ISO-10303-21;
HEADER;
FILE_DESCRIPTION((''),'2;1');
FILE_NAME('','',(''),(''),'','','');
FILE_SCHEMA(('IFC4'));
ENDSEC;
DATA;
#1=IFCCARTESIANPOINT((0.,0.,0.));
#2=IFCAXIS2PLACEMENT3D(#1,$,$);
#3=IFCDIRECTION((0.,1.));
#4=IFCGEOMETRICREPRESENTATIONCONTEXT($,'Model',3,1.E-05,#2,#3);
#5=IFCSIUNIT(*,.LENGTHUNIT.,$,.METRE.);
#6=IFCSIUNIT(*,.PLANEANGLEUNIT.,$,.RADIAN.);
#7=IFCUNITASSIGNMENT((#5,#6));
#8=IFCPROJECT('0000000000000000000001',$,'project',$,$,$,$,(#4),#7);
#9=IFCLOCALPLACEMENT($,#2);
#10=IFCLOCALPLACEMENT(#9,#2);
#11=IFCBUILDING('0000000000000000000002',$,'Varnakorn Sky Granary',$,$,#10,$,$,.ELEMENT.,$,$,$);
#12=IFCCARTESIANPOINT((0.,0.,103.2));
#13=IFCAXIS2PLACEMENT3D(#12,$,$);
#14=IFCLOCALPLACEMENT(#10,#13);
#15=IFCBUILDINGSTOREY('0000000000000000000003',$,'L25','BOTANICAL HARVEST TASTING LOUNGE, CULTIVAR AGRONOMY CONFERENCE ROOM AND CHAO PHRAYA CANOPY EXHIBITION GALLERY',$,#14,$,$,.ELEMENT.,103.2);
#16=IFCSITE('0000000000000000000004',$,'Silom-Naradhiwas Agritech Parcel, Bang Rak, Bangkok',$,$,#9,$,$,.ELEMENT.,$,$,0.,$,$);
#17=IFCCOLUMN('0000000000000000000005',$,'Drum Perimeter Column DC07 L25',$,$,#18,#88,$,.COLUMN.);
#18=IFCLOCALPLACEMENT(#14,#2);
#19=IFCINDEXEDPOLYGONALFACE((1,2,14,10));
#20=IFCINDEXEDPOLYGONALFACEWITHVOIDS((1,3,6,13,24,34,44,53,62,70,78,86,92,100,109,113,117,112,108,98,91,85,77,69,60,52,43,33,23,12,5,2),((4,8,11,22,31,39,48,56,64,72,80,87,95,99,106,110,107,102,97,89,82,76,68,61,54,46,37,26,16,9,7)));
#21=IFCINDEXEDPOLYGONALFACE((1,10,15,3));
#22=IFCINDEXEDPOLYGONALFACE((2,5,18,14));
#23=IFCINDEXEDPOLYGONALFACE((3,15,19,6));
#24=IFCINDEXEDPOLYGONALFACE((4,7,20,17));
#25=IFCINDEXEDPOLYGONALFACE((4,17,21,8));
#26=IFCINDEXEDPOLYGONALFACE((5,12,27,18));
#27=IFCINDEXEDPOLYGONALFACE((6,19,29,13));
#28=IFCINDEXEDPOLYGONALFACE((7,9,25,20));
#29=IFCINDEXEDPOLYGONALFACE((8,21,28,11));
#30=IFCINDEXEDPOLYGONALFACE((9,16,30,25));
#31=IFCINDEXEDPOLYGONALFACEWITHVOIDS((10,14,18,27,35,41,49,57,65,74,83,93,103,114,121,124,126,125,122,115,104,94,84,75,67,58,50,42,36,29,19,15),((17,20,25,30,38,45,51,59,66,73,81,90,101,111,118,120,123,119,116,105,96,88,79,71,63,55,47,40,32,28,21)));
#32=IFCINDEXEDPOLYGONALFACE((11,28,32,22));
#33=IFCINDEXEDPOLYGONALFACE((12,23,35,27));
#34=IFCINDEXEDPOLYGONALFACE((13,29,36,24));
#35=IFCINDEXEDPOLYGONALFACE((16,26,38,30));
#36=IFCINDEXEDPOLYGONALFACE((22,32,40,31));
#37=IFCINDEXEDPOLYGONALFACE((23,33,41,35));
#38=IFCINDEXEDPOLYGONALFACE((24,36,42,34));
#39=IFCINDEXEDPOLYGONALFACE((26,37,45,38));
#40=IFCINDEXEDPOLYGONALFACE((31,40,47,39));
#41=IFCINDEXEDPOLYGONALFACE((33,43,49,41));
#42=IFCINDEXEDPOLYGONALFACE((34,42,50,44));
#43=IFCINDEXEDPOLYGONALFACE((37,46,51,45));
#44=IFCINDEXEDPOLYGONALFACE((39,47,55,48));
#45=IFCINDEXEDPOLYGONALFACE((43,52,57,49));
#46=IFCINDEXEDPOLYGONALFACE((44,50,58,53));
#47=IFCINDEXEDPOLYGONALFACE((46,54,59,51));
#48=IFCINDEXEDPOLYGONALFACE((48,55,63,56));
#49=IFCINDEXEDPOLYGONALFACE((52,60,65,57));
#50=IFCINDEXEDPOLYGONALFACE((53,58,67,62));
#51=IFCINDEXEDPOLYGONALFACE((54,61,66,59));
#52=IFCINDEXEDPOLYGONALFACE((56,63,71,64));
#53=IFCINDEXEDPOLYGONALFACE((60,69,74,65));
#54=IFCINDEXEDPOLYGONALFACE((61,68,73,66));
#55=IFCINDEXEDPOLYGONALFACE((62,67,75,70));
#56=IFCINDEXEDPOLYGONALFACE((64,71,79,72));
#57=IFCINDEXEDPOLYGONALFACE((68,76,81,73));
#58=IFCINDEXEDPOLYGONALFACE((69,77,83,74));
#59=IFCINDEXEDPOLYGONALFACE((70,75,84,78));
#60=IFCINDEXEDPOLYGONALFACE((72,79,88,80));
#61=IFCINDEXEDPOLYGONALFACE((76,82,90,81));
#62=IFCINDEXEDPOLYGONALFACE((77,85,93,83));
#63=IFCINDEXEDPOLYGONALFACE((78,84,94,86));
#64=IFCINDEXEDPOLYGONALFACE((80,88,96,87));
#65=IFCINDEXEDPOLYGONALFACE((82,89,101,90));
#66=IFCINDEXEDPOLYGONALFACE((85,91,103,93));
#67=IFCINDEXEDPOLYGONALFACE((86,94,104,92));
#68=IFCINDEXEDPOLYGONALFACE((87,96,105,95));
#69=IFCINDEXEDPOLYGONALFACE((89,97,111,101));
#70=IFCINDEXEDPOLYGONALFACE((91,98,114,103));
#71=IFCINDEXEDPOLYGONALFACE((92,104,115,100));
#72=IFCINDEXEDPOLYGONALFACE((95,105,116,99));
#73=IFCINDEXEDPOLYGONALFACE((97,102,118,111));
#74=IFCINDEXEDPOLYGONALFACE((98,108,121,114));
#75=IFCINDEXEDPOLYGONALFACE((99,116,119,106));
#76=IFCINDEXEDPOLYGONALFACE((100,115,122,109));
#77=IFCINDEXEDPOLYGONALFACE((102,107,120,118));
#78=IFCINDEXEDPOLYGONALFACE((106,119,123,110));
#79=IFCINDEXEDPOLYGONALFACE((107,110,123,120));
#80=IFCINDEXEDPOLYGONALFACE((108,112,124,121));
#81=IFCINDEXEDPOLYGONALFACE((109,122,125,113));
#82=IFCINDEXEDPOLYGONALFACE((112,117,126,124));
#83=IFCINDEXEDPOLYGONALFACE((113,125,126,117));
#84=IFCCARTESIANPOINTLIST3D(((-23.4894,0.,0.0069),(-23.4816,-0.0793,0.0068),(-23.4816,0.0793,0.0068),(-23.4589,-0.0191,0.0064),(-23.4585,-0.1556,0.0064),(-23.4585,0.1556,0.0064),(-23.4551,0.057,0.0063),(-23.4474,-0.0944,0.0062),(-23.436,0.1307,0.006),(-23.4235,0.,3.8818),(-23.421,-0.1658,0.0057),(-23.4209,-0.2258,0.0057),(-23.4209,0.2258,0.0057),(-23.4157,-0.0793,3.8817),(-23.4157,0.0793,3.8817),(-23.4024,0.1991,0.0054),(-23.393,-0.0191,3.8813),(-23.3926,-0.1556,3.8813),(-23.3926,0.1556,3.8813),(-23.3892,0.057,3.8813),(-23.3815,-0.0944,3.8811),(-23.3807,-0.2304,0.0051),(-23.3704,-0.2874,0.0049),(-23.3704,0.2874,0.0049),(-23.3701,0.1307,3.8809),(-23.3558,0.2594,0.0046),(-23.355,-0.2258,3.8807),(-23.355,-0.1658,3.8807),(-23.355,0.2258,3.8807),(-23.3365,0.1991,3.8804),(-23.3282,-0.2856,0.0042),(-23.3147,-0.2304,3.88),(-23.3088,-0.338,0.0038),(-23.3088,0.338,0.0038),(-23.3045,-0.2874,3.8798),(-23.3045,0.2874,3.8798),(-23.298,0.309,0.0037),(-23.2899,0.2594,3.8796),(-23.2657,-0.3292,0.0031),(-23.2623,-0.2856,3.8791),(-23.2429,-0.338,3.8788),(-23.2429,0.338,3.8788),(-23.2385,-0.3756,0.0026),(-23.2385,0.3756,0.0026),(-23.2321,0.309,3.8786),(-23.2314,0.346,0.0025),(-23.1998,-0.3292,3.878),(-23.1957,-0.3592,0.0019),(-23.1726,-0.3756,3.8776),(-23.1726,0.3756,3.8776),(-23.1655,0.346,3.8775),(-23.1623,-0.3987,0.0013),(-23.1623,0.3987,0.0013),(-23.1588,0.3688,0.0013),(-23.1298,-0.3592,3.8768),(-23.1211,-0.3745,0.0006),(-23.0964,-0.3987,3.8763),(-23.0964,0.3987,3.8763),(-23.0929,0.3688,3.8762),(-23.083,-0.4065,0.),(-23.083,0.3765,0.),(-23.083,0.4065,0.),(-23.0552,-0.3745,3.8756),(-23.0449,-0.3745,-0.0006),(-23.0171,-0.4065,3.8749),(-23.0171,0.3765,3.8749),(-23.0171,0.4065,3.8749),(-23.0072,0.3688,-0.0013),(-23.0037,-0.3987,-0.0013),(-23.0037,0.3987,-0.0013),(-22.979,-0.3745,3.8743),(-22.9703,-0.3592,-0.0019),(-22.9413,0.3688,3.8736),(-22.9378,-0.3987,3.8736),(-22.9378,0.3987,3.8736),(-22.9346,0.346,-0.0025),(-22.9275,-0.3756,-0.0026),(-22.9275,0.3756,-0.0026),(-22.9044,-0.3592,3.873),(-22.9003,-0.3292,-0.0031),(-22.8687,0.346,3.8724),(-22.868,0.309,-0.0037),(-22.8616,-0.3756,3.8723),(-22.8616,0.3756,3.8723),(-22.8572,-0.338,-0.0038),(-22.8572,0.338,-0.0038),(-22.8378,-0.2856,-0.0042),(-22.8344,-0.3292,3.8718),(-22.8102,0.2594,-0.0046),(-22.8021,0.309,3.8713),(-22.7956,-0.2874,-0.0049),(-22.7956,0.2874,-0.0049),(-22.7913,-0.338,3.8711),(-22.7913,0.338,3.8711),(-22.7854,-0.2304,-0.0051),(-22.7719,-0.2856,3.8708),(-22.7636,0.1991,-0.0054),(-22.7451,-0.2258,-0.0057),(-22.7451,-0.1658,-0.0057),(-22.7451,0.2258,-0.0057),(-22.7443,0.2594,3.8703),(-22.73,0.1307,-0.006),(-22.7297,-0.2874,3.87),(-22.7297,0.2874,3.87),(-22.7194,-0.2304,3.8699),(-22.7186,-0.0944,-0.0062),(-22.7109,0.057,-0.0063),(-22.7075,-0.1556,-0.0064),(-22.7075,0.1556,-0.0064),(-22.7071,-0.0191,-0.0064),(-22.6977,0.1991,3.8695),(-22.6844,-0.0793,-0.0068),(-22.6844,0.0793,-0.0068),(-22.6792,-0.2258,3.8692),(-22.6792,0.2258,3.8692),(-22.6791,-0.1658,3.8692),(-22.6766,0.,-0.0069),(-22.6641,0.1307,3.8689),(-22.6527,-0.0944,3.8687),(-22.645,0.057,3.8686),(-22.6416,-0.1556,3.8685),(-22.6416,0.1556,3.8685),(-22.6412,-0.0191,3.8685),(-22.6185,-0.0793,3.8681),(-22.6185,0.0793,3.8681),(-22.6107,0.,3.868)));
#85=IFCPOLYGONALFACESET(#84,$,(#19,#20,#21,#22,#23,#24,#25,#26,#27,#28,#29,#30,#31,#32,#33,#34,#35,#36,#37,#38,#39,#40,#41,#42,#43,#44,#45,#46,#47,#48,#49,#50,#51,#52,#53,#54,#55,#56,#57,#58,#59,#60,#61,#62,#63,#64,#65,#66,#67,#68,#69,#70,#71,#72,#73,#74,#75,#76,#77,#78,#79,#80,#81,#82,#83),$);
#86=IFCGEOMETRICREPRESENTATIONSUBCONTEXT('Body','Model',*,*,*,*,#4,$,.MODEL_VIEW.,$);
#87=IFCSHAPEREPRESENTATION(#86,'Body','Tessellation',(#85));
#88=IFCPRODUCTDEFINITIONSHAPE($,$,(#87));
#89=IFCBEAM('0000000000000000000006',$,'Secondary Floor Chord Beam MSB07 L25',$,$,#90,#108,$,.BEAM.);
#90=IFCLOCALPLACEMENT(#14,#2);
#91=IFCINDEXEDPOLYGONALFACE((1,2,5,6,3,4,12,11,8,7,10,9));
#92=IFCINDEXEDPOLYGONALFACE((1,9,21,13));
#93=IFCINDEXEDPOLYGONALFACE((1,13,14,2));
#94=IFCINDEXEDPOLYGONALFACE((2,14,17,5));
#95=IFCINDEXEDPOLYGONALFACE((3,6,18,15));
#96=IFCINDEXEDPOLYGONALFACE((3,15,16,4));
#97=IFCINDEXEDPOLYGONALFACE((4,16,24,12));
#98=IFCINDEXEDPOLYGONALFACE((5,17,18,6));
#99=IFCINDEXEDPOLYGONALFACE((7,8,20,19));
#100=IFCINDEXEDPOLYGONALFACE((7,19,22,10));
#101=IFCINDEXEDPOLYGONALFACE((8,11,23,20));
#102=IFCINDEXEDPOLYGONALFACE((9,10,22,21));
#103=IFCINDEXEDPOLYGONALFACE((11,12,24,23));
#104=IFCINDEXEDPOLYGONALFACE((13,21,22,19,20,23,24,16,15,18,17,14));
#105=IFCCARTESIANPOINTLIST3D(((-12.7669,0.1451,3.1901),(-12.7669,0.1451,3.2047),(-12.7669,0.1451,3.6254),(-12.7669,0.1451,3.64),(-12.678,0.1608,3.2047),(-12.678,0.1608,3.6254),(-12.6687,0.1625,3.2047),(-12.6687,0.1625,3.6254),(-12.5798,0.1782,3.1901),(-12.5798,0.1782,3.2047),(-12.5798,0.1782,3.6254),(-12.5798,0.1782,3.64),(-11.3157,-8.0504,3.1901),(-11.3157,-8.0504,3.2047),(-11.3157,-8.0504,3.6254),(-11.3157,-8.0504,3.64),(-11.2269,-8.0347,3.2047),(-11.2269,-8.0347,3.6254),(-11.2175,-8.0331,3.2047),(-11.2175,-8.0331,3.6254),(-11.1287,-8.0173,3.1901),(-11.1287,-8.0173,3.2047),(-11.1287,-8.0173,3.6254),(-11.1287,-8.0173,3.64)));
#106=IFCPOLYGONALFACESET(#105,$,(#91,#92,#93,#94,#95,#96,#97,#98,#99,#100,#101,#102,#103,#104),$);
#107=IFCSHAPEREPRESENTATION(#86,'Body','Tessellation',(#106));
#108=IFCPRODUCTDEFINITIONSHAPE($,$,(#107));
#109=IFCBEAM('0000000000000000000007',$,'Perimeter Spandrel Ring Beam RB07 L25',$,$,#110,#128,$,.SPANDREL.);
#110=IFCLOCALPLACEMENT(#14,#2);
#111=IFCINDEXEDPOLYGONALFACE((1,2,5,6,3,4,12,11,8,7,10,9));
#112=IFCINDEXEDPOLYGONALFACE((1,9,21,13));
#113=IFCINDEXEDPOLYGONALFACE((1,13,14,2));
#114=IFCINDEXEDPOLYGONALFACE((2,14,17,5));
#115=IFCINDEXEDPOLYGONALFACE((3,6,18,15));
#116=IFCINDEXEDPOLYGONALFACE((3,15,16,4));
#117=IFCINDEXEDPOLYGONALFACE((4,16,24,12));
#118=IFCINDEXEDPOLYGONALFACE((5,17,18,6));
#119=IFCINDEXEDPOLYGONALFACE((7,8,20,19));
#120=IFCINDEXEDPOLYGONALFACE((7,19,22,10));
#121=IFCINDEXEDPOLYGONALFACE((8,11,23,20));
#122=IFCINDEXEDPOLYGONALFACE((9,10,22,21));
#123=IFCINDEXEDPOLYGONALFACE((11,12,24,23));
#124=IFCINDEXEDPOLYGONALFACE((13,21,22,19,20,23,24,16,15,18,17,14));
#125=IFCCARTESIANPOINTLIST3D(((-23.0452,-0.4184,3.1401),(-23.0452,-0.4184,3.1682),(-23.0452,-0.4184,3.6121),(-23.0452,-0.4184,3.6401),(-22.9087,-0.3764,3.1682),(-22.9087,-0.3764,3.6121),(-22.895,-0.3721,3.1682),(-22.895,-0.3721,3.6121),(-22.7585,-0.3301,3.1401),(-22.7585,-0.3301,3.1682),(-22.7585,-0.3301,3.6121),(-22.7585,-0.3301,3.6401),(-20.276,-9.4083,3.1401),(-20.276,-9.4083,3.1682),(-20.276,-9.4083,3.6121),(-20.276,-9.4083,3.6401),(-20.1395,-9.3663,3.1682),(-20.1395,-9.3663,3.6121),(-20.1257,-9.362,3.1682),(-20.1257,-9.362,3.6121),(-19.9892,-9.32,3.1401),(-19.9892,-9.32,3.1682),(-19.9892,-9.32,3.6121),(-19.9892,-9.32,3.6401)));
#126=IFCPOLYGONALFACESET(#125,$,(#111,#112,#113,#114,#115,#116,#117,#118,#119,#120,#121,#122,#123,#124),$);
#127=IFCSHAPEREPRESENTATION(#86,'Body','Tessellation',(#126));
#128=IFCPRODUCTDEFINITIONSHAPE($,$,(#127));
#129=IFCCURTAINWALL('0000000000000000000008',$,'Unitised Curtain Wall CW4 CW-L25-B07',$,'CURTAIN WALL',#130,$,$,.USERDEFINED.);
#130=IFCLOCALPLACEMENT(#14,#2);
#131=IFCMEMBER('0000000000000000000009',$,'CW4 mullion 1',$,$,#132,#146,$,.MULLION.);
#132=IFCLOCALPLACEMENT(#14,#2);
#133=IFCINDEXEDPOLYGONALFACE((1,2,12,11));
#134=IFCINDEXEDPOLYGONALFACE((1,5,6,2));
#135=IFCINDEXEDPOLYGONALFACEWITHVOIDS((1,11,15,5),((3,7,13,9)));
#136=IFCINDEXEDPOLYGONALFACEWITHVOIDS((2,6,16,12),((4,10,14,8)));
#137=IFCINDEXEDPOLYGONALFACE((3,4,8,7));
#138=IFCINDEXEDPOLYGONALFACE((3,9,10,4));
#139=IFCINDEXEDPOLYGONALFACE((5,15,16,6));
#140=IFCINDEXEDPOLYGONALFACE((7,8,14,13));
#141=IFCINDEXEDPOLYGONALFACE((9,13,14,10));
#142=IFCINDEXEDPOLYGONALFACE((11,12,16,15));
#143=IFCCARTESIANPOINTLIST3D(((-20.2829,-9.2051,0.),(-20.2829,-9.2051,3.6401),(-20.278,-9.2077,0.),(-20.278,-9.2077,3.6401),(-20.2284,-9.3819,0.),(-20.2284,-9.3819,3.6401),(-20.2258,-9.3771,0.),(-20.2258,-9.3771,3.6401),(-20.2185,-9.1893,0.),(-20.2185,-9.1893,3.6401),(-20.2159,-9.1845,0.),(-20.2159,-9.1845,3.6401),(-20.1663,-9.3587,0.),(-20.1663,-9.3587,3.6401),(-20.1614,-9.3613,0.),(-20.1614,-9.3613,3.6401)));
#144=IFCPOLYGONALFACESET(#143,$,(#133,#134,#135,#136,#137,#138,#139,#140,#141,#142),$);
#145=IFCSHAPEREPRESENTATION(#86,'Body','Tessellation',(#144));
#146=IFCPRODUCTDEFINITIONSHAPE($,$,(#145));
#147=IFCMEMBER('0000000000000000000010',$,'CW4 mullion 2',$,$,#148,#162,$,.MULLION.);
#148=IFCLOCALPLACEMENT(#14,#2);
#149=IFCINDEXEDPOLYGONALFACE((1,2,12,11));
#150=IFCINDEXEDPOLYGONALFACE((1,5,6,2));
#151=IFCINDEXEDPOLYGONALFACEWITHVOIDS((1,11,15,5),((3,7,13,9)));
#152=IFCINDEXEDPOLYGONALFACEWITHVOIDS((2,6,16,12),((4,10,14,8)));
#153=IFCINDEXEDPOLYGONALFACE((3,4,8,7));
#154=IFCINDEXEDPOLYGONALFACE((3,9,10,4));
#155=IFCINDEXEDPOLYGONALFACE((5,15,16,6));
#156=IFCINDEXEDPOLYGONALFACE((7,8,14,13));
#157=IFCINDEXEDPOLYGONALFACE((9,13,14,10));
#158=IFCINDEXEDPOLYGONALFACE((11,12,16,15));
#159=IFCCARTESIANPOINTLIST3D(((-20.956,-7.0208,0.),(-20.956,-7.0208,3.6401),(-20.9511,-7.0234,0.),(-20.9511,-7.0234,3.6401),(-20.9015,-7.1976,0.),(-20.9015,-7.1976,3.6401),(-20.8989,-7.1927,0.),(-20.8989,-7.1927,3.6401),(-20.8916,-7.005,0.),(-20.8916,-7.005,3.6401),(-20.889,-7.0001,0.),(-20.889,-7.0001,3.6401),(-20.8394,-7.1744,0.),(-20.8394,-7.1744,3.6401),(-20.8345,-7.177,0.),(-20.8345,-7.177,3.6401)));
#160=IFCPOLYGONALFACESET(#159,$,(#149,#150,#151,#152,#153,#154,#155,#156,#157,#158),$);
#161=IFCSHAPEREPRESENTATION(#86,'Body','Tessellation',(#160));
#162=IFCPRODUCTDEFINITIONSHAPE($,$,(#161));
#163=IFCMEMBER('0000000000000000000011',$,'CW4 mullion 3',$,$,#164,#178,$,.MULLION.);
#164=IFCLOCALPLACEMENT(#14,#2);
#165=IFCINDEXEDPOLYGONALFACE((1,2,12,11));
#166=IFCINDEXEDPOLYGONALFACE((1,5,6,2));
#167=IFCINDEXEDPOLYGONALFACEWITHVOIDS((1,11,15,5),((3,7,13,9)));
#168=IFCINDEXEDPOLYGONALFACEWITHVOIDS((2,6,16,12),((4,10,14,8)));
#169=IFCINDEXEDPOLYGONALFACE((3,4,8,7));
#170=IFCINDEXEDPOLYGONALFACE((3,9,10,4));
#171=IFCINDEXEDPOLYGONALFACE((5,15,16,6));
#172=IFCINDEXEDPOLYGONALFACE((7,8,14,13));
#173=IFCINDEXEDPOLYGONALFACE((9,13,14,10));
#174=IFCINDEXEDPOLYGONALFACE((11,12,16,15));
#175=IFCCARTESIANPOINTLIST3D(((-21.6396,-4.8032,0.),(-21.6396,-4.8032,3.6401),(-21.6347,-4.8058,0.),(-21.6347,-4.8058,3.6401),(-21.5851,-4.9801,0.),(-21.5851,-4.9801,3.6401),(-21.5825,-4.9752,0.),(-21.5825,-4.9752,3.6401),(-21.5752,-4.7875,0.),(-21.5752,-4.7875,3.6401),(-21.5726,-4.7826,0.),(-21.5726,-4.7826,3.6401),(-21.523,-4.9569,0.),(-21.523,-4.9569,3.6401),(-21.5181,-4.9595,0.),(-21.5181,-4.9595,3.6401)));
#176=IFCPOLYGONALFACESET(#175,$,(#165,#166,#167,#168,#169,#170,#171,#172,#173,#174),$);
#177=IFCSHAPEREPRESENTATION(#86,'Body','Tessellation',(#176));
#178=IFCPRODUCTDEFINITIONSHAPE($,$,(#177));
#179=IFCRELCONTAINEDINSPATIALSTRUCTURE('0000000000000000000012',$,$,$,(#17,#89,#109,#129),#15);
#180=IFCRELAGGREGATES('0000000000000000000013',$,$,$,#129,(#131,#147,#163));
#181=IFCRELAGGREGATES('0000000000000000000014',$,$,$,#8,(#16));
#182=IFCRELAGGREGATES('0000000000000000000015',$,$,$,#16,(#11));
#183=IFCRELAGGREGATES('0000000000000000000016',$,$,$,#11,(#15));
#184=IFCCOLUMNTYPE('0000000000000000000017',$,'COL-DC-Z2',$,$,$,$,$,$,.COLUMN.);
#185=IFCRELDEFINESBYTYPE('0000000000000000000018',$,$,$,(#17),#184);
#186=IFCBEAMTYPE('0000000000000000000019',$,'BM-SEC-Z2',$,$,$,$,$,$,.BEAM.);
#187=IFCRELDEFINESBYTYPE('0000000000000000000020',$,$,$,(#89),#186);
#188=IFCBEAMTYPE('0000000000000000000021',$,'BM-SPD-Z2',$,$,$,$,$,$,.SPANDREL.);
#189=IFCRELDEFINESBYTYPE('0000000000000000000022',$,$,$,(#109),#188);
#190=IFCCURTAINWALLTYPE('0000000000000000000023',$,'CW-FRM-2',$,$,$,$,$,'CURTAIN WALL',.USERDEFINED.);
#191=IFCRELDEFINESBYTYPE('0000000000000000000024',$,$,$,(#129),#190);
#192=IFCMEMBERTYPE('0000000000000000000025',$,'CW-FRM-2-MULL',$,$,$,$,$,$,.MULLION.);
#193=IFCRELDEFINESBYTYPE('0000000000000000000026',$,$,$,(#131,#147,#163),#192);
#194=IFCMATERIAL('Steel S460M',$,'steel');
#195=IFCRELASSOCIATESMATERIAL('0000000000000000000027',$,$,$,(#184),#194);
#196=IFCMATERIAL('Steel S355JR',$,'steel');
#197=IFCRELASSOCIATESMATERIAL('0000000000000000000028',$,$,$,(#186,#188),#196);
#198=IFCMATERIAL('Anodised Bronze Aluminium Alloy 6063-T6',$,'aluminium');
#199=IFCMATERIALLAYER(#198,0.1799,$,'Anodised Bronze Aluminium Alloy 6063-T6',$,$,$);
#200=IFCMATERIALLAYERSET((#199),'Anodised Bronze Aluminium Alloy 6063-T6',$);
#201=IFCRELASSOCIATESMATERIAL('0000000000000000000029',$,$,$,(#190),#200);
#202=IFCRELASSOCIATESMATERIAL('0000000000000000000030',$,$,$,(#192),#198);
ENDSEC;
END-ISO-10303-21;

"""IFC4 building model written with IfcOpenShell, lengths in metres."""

from ifc_helpers import new_model, si_unit, direction, frame, origin, origin_2d, place, context, subcontext, project, spatial, hollow_rectangle, hollow_circle, i_section, extrude, material, layer, layer_set, material_profile, profile_set, type_object, element, aggregate, save


model = new_model("IFC4")

# Units and contexts
model_context = context("Model", 3, precision=1e-05, world=origin(), true_north=direction((0.0, 1.0)))
body_context = subcontext(model_context, "Body", "Model", "MODEL_VIEW")
ifc_project = project(units=[si_unit("LENGTHUNIT", "METRE"), si_unit("PLANEANGLEUNIT", "RADIAN")], contexts=[model_context])

# Site, building, storey
site_placement = place(None, origin())
site = spatial("IfcSite", under=ifc_project, at=site_placement, Name="Silom-Naradhiwas Agritech Parcel, Bang Rak, Bangkok", CompositionType="ELEMENT", RefElevation=0.0)
building_placement = place(site_placement, origin())
building = spatial("IfcBuilding", under=site, at=building_placement, Name="Varnakorn Sky Granary", CompositionType="ELEMENT")
storey_placement = place(building_placement, frame((0.0, 0.0, 103.2)))
storey = spatial("IfcBuildingStorey", under=building, at=storey_placement, Name="L25", Description="BOTANICAL HARVEST TASTING LOUNGE, CULTIVAR AGRONOMY CONFERENCE ROOM AND CHAO PHRAYA CANOPY EXHIBITION GALLERY", CompositionType="ELEMENT", Elevation=103.2)

# Column
ifc_material_1 = material(Name="Steel S460M", Category="steel")
ifc_material_profile_1 = material_profile(ifc_material_1, hollow_circle(Radius=0.4065, WallThickness=0.03, at=origin_2d()), Name="CHS 813x30")
ifc_profile_set_1 = profile_set([ifc_material_profile_1], Name="Steel S460M")
column_type = type_object("IfcColumnType", Name="COL-DC-Z2", PredefinedType="COLUMN", material=ifc_profile_set_1)
column_placement = place(storey_placement, frame((-23.083, 0.0, 0.0), z_axis=(0.017009, 0.0, 0.999855), x_axis=(0.0, 1.0, 0.0)))
element("IfcColumn", 1, at=column_placement, inside=storey, type_object=column_type, Name="Drum Perimeter Column DC07 L25", PredefinedType="COLUMN", context=body_context, shape_type="SweptSolid", body=[
    extrude(hollow_circle(Radius=0.4065, WallThickness=0.03, at=origin_2d()), origin(), (0.0, 0.0, 1.0), 3.8755),
])

# Beams
ifc_material_2 = material(Name="Steel S355JR", Category="steel")
ifc_material_profile_2 = material_profile(ifc_material_2, i_section(OverallWidth=0.1899, OverallDepth=0.45, WebThickness=0.0095, FlangeThickness=0.0146, at=origin_2d()), Name="IPE 450")
ifc_profile_set_2 = profile_set([ifc_material_profile_2], Name="Steel S355JR")
beam_type_1 = type_object("IfcBeamType", Name="BM-SEC-Z2", PredefinedType="BEAM", material=ifc_profile_set_2)
beam_1_placement = place(storey_placement, frame((-12.6733, 0.1616, 3.415), z_axis=(0.174356, -0.984683, 0.0), x_axis=(0.984683, 0.174356, 0.0)))
element("IfcBeam", 2, at=beam_1_placement, inside=storey, type_object=beam_type_1, Name="Secondary Floor Chord Beam MSB07 L25", PredefinedType="BEAM", context=body_context, shape_type="SweptSolid", body=[
    extrude(i_section(OverallWidth=0.1899, OverallDepth=0.45, WebThickness=0.0095, FlangeThickness=0.0146, at=origin_2d()), origin(), (0.0, 0.0, 1.0), 8.323),
])
ifc_material_profile_3 = material_profile(ifc_material_2, i_section(OverallWidth=0.3, OverallDepth=0.5, WebThickness=0.0144, FlangeThickness=0.0281, at=origin_2d()), Name="HE 500 B")
ifc_profile_set_3 = profile_set([ifc_material_profile_3], Name="Steel S355JR")
beam_type_2 = type_object("IfcBeamType", Name="BM-SPD-Z2", PredefinedType="SPANDREL", material=ifc_profile_set_3)
beam_2_placement = place(storey_placement, frame((-22.9019, -0.3743, 3.3901), z_axis=(0.29439, -0.955685, 0.0), x_axis=(0.955685, 0.29439, 0.0)))
element("IfcBeam", 3, at=beam_2_placement, inside=storey, type_object=beam_type_2, Name="Perimeter Spandrel Ring Beam RB07 L25", PredefinedType="SPANDREL", context=body_context, shape_type="SweptSolid", body=[
    extrude(i_section(OverallWidth=0.3, OverallDepth=0.5, WebThickness=0.0144, FlangeThickness=0.0281, at=origin_2d()), origin(), (0.0, 0.0, 1.0), 9.4067),
])

# Curtain wall, members
ifc_material_3 = material(Name="Anodised Bronze Aluminium Alloy 6063-T6", Category="aluminium")
ifc_layer_1 = layer(ifc_material_3, 0.1799, Name="Anodised Bronze Aluminium Alloy 6063-T6")
ifc_layer_set_1 = layer_set([ifc_layer_1], Name="Anodised Bronze Aluminium Alloy 6063-T6")
curtain_wall_type = type_object("IfcCurtainWallType", Name="CW-FRM-2", ElementType="CURTAIN WALL", PredefinedType="USERDEFINED", material=ifc_layer_set_1)
curtain_wall_placement = place(storey_placement, origin())
curtain_wall = element("IfcCurtainWall", 4, at=curtain_wall_placement, inside=storey, type_object=curtain_wall_type, Name="Unitised Curtain Wall CW4 CW-L25-B07", ObjectType="CURTAIN WALL", PredefinedType="USERDEFINED")
ifc_material_profile_4 = material_profile(ifc_material_3, hollow_rectangle(XDim=0.0701, YDim=0.1851, WallThickness=0.0039, at=origin_2d()), Name="ALU MULL 70x185")
ifc_profile_set_4 = profile_set([ifc_material_profile_4], Name="Anodised Bronze Aluminium Alloy 6063-T6")
member_type_1 = type_object("IfcMemberType", Name="CW-FRM-2-MULL", PredefinedType="MULLION", material=ifc_profile_set_4)
member_1_placement = place(storey_placement, frame((-20.2222, -9.2832, 0.0), z_axis=(0.0, 0.0, 1.0), x_axis=(-0.955652, -0.294498, 0.0)))
member_1 = element("IfcMember", 5, at=member_1_placement, type_object=member_type_1, Name="CW4 mullion 1", PredefinedType="MULLION", context=body_context, shape_type="SweptSolid", body=[
    extrude(hollow_rectangle(XDim=0.0701, YDim=0.1851, WallThickness=0.0039, at=origin_2d()), origin(), (0.0, 0.0, 1.0), 3.6401),
])
member_2_placement = place(storey_placement, frame((-20.8953, -7.0989, 0.0), z_axis=(0.0, 0.0, 1.0), x_axis=(-0.955652, -0.294498, 0.0)))
member_2 = element("IfcMember", 6, at=member_2_placement, type_object=member_type_1, Name="CW4 mullion 2", PredefinedType="MULLION", context=body_context, shape_type="SweptSolid", body=[
    extrude(hollow_rectangle(XDim=0.0701, YDim=0.1851, WallThickness=0.0039, at=origin_2d()), origin(), (0.0, 0.0, 1.0), 3.6401),
])
member_3_placement = place(storey_placement, frame((-21.5789, -4.8813, 0.0), z_axis=(0.0, 0.0, 1.0), x_axis=(-0.955652, -0.294498, 0.0)))
member_3 = element("IfcMember", 7, at=member_3_placement, type_object=member_type_1, Name="CW4 mullion 3", PredefinedType="MULLION", context=body_context, shape_type="SweptSolid", body=[
    extrude(hollow_rectangle(XDim=0.0701, YDim=0.1851, WallThickness=0.0039, at=origin_2d()), origin(), (0.0, 0.0, 1.0), 3.6401),
])

aggregate(curtain_wall, [member_1, member_2, member_3])

save(model, "model.ifc")
